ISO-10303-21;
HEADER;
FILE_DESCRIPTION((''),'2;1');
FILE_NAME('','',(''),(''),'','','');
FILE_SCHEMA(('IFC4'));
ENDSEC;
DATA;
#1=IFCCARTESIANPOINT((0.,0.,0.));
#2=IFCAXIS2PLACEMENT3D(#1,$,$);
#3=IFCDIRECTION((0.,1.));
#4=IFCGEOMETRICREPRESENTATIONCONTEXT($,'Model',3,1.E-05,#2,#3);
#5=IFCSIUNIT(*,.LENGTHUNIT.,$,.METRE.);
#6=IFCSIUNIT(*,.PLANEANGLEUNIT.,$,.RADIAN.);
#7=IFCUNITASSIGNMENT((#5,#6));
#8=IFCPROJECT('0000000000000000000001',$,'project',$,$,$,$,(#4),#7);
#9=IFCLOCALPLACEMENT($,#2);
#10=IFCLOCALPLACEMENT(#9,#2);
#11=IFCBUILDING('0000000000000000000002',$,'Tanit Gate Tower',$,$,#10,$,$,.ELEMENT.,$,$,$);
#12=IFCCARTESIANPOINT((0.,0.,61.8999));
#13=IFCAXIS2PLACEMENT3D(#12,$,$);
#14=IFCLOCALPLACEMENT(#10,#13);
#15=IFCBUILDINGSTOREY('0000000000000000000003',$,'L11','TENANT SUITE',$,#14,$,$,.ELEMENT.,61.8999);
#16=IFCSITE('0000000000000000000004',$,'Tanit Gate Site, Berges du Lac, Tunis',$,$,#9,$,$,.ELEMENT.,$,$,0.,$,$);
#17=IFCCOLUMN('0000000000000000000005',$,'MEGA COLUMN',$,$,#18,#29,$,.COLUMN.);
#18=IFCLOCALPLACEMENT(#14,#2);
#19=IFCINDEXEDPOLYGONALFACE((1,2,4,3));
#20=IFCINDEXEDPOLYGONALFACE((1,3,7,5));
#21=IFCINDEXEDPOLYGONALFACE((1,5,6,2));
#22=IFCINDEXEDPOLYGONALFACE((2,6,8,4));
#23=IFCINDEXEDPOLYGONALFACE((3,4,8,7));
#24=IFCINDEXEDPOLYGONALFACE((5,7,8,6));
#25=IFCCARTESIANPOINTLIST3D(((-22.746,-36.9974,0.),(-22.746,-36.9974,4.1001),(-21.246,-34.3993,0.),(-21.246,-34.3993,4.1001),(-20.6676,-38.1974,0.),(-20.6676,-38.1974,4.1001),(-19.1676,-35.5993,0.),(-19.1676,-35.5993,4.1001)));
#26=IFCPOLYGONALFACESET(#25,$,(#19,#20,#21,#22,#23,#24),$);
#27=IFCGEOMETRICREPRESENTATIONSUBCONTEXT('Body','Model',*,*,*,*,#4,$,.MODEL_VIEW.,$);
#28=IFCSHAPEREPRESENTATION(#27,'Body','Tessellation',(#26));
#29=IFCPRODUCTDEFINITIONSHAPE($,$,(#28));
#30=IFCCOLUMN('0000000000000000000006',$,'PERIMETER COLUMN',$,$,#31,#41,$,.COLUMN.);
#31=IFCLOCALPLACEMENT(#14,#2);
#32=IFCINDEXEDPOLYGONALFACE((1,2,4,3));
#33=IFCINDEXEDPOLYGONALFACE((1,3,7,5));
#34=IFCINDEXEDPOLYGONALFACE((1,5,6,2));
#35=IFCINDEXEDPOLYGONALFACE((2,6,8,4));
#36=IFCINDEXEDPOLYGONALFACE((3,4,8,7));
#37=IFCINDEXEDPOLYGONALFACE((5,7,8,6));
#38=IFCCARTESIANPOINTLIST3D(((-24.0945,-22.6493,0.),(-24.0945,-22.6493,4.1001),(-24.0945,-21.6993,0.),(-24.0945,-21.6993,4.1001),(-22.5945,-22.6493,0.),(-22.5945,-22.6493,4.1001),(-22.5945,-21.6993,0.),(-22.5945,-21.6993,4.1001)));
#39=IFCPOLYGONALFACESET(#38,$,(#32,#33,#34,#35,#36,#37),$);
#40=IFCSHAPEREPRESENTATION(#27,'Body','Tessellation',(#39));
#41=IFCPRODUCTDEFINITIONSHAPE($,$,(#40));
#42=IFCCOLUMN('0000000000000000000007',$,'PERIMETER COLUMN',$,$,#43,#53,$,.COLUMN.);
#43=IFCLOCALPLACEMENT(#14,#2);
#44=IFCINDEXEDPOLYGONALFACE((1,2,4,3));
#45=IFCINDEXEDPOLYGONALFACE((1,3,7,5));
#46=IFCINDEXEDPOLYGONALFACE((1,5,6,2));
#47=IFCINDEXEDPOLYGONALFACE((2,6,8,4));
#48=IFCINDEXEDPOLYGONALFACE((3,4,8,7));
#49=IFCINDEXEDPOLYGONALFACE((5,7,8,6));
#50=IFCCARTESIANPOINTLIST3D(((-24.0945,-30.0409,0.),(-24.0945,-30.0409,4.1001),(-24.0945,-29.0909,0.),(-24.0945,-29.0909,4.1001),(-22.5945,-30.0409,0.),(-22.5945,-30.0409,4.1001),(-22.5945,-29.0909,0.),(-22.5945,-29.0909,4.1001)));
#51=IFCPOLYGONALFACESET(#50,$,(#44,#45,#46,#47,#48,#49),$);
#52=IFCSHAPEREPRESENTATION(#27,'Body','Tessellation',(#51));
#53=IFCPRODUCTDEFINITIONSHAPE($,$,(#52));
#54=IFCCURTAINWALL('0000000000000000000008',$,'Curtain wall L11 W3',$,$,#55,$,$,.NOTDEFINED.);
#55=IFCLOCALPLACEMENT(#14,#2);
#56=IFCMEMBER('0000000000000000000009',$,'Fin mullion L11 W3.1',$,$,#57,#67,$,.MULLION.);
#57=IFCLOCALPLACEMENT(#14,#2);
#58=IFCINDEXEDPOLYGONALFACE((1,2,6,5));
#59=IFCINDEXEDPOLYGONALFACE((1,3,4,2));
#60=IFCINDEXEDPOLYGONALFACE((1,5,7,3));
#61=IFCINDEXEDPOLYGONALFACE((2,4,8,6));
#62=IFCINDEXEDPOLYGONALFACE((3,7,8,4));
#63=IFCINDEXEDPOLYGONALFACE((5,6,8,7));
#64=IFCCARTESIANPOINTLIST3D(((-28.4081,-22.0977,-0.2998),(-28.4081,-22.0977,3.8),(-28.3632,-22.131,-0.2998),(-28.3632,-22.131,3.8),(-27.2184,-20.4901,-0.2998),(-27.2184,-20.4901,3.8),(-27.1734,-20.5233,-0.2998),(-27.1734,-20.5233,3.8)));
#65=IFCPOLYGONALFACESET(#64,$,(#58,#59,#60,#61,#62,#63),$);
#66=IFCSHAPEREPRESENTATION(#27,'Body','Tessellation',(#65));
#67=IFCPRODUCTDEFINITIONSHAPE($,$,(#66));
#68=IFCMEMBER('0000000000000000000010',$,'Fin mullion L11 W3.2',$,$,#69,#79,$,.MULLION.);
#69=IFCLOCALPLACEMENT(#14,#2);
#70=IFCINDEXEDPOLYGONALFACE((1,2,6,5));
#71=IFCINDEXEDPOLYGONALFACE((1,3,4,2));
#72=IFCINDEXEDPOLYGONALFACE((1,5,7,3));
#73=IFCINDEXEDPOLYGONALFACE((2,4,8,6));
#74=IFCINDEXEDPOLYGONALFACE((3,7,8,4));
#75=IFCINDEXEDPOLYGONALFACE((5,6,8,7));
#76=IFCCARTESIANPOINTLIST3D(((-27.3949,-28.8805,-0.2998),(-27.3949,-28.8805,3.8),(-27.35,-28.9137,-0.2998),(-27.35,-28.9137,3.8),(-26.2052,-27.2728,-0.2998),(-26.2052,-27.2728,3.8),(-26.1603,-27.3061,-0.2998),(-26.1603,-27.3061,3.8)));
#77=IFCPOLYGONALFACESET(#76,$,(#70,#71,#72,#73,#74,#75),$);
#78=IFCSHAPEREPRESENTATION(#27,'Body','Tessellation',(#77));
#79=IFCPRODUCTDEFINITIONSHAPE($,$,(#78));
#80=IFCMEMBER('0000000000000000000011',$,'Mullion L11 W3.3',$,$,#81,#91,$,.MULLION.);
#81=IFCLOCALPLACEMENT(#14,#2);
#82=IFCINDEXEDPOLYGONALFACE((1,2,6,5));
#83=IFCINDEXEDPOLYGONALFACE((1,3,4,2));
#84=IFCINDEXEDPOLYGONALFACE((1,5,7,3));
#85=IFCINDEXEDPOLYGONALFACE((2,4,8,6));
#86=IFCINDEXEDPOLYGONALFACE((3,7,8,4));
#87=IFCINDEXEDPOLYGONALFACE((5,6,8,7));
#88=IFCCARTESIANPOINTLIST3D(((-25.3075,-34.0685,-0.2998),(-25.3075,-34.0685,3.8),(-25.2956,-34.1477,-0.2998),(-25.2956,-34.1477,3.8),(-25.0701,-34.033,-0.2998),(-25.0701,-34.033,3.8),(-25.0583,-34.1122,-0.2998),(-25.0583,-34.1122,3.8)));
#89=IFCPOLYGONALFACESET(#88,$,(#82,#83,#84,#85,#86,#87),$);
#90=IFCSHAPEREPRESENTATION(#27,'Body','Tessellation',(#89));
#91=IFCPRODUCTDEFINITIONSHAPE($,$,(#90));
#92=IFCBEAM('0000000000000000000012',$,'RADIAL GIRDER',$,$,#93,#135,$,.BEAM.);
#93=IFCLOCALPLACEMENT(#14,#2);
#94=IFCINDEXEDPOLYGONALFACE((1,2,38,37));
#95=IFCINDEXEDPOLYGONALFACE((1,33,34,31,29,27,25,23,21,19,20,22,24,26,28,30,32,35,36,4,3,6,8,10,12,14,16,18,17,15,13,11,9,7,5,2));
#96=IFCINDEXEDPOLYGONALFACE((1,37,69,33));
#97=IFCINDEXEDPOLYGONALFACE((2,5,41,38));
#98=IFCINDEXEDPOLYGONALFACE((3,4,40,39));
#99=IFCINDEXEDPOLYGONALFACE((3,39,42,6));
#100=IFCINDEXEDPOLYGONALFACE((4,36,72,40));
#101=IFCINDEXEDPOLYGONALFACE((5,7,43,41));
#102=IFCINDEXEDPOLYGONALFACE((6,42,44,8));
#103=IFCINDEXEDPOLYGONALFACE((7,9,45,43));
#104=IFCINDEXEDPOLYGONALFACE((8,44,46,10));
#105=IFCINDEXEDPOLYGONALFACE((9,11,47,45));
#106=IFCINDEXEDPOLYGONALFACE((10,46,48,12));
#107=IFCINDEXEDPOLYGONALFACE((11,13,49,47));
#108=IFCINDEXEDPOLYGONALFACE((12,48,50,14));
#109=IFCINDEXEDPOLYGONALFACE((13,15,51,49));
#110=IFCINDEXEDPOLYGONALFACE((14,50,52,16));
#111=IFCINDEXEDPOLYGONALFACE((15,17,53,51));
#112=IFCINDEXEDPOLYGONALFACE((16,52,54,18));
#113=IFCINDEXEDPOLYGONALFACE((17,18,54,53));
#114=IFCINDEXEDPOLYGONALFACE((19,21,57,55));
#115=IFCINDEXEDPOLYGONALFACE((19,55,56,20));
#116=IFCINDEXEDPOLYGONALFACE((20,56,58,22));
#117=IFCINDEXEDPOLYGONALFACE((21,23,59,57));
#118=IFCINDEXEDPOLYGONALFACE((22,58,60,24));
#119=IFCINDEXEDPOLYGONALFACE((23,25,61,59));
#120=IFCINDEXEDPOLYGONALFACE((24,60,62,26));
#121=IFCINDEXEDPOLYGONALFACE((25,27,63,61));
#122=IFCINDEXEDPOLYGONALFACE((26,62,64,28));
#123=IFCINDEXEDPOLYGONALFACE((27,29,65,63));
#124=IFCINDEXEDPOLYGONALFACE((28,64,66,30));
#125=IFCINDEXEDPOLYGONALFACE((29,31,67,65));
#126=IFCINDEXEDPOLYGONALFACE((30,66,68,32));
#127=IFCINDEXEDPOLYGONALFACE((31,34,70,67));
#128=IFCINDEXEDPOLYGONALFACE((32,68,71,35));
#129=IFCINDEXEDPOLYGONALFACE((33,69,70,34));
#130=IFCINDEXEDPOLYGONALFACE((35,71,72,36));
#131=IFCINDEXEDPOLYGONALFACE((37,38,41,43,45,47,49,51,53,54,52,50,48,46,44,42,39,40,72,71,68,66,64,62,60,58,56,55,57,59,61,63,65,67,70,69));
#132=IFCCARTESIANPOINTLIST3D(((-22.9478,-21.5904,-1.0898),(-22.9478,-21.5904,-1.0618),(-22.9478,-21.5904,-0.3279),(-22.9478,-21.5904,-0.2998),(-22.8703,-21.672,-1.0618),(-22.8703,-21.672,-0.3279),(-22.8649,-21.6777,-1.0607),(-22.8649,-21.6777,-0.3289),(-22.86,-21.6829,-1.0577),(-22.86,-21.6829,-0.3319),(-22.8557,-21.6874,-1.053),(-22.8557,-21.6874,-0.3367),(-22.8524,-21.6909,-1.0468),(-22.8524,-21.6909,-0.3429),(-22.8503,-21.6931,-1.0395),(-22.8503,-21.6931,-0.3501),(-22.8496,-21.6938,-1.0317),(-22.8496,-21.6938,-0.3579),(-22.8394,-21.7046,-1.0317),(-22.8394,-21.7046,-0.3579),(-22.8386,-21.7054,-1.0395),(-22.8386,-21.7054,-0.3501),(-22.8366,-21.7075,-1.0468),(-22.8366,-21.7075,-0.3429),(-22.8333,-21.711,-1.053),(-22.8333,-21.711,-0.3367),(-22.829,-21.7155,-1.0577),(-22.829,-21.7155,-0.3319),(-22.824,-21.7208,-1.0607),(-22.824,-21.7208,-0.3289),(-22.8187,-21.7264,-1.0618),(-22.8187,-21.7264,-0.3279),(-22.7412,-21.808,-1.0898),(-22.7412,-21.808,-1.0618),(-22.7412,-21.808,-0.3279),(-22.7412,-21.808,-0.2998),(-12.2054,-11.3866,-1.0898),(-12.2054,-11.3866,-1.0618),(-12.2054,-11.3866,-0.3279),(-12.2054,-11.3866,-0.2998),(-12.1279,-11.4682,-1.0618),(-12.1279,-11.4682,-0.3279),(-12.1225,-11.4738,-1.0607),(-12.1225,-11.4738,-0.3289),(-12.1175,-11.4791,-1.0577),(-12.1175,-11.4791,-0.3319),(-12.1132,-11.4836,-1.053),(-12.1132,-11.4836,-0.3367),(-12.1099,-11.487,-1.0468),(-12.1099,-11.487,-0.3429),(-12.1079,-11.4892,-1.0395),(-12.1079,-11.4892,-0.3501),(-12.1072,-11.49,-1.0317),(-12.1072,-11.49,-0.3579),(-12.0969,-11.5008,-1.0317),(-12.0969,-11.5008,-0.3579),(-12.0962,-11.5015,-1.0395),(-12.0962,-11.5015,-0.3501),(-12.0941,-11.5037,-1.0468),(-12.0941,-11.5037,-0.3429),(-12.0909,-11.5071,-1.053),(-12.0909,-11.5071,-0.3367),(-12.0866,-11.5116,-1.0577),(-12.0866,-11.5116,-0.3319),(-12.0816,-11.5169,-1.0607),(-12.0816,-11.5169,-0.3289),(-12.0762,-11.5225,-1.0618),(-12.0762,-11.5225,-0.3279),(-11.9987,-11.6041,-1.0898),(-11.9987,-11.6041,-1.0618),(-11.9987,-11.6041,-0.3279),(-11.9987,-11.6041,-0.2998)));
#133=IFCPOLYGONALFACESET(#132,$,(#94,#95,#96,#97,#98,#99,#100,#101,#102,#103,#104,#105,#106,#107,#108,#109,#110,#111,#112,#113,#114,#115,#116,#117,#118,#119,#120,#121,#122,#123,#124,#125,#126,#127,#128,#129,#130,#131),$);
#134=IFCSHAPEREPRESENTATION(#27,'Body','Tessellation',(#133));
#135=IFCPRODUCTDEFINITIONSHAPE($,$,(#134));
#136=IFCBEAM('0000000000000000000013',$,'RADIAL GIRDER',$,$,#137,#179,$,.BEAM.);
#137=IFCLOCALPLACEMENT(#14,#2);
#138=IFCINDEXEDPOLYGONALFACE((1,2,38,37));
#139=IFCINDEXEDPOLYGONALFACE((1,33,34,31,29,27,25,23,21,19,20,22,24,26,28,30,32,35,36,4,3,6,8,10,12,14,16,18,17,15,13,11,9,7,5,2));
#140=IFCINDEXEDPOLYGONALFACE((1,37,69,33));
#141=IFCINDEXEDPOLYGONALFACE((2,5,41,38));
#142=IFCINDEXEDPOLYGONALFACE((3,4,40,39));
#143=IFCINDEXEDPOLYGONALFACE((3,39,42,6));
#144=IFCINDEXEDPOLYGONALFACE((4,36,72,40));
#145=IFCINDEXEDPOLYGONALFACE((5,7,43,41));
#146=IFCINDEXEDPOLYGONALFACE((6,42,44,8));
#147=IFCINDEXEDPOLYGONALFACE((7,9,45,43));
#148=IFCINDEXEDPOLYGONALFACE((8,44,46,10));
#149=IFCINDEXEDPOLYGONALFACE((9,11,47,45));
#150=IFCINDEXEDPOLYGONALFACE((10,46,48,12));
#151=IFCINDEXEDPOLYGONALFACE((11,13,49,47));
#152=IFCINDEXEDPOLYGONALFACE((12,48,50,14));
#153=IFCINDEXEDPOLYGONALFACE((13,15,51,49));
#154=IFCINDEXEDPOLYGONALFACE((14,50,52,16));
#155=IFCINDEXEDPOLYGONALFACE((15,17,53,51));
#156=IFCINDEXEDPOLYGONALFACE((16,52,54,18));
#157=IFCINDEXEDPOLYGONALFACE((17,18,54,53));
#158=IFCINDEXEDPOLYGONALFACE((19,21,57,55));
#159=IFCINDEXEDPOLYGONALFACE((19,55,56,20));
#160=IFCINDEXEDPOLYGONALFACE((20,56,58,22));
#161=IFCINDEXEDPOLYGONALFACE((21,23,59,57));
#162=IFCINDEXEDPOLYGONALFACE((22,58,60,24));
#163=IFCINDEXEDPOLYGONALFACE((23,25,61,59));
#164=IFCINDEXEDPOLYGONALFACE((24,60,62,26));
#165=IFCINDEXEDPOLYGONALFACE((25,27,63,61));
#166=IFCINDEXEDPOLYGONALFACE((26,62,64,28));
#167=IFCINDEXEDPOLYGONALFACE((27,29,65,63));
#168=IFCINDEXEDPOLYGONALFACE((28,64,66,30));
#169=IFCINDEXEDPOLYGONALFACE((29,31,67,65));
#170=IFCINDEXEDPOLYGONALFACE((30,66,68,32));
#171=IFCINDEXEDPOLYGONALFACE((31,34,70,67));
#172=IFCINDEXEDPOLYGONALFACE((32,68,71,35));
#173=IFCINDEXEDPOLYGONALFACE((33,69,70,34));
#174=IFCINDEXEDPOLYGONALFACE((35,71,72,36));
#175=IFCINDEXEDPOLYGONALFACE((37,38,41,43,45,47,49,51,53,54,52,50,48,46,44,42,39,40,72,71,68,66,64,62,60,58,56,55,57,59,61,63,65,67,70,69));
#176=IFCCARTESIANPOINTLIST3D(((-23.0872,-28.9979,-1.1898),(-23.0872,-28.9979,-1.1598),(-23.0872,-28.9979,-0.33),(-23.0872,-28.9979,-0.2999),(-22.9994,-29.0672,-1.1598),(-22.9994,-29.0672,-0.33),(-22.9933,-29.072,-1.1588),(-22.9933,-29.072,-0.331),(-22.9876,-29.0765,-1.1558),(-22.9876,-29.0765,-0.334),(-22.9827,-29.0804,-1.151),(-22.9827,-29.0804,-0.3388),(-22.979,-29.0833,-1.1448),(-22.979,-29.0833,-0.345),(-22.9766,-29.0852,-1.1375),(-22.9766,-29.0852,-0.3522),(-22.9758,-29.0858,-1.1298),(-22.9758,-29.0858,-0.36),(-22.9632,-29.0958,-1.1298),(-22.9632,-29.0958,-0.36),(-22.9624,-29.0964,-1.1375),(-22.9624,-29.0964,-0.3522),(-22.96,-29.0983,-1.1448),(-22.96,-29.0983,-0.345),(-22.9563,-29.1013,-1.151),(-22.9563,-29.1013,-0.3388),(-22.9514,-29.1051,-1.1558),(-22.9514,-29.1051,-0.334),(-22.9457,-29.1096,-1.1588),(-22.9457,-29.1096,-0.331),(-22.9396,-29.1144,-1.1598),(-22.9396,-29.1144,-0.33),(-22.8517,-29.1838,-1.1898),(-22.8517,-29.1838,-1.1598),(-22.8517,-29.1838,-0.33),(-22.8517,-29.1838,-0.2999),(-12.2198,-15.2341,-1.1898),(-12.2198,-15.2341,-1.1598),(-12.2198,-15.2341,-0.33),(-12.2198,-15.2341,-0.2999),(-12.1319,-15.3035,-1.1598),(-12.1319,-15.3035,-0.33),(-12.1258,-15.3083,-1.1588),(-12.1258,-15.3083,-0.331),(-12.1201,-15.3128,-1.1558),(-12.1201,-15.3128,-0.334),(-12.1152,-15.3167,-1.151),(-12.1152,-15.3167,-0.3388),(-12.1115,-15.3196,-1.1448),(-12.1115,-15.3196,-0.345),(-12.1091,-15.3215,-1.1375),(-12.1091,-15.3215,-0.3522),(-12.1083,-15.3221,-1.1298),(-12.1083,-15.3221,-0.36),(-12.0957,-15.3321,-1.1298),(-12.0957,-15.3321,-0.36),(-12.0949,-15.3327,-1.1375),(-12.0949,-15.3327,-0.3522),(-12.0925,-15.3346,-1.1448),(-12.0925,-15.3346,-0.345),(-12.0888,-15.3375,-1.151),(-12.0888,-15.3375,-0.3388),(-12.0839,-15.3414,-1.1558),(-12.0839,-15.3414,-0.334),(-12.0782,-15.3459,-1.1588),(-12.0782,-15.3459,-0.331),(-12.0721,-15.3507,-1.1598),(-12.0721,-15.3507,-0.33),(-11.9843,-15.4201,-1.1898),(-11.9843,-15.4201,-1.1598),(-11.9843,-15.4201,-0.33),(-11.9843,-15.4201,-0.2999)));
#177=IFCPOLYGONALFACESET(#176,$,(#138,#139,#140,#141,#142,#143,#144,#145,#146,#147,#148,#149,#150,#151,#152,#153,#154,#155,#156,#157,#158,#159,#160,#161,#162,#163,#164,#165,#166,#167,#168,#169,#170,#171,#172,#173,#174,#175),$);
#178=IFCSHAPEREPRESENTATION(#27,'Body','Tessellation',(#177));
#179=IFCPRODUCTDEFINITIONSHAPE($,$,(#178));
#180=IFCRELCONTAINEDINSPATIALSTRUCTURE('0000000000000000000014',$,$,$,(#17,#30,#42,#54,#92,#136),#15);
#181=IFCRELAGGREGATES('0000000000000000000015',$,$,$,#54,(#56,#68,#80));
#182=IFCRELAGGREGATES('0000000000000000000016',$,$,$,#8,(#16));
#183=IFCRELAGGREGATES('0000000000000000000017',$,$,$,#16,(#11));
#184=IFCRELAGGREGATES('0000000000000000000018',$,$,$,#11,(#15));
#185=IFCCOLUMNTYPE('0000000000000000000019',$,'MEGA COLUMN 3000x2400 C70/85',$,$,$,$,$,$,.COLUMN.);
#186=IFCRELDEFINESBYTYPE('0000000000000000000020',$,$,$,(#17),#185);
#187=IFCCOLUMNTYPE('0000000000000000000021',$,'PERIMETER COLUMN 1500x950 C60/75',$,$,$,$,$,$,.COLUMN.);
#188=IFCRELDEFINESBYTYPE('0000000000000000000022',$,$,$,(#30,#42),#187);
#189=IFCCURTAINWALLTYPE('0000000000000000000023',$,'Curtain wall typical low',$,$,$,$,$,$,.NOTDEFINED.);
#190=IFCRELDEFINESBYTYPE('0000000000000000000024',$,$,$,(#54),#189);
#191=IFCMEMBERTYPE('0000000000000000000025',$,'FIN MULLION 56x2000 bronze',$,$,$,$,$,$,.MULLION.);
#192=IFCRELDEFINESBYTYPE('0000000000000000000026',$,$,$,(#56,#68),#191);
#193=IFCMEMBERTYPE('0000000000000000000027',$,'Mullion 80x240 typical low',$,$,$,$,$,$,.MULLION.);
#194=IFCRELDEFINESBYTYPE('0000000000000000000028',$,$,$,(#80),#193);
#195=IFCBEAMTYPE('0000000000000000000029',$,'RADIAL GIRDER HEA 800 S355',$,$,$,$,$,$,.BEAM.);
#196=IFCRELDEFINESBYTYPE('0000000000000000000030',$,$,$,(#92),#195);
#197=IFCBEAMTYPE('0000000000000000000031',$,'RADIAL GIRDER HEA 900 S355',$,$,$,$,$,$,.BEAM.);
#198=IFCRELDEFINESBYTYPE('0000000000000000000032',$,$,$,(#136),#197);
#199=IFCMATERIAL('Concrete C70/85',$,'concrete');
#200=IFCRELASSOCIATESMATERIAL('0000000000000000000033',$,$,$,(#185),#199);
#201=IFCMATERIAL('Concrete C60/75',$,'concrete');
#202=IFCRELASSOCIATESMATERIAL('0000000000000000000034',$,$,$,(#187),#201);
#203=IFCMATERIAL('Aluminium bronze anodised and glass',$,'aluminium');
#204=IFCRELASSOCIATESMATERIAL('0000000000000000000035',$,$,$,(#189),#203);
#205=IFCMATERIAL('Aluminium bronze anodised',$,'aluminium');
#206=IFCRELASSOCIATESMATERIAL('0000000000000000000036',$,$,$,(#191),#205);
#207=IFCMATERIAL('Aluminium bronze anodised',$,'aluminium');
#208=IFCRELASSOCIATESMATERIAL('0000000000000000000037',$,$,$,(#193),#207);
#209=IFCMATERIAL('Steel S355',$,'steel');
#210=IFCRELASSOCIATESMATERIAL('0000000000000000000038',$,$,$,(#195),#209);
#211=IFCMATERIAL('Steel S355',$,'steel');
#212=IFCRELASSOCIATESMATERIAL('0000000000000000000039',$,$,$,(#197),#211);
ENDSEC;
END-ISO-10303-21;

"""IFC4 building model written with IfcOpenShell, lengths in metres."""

from ifc_helpers import new_model, si_unit, direction, frame, origin, origin_2d, place, context, subcontext, project, spatial, rectangle, i_section, extrude, material, material_profile, profile_set, type_object, element, aggregate, save


model = new_model("IFC4")

# Units and contexts
model_context = context("Model", 3, precision=1e-05, world=origin(), true_north=direction((0.0, 1.0)))
body_context = subcontext(model_context, "Body", "Model", "MODEL_VIEW")
ifc_project = project(units=[si_unit("LENGTHUNIT", "METRE"), si_unit("PLANEANGLEUNIT", "RADIAN")], contexts=[model_context])

# Site, building, storey
site_placement = place(None, origin())
site = spatial("IfcSite", under=ifc_project, at=site_placement, Name="Tanit Gate Site, Berges du Lac, Tunis", CompositionType="ELEMENT", RefElevation=0.0)
building_placement = place(site_placement, origin())
building = spatial("IfcBuilding", under=site, at=building_placement, Name="Tanit Gate Tower", CompositionType="ELEMENT")
storey_placement = place(building_placement, frame((0.0, 0.0, 61.8999)))
storey = spatial("IfcBuildingStorey", under=building, at=storey_placement, Name="L11", Description="TENANT SUITE", CompositionType="ELEMENT", Elevation=61.8999)

# Columns
ifc_material_1 = material(Name="Concrete C70/85", Category="concrete")
ifc_material_profile_1 = material_profile(ifc_material_1, rectangle(XDim=3.0, YDim=2.3999, at=origin_2d()), Name="RC 3000x2400")
ifc_profile_set_1 = profile_set([ifc_material_profile_1], Name="Concrete C70/85")
column_type_1 = type_object("IfcColumnType", Name="MEGA COLUMN 3000x2400 C70/85", PredefinedType="COLUMN", material=ifc_profile_set_1)
column_placement = place(storey_placement, frame((-20.9568, -36.2983, 0.0), z_axis=(0.0, 0.0, 1.0), x_axis=(-0.5, -0.866025, 0.0)))
element("IfcColumn", 1, at=column_placement, inside=storey, type_object=column_type_1, Name="MEGA COLUMN", PredefinedType="COLUMN", context=body_context, shape_type="SweptSolid", body=[
    extrude(rectangle(XDim=3.0, YDim=2.3999, at=origin_2d()), origin(), (0.0, 0.0, 1.0), 4.1001),
])
ifc_material_2 = material(Name="Concrete C60/75", Category="concrete")
ifc_material_profile_2 = material_profile(ifc_material_2, rectangle(XDim=1.5, YDim=0.95, at=origin_2d()), Name="RC 1500x950")
ifc_profile_set_2 = profile_set([ifc_material_profile_2], Name="Concrete C60/75")
column_type_2 = type_object("IfcColumnType", Name="PERIMETER COLUMN 1500x950 C60/75", PredefinedType="COLUMN", material=ifc_profile_set_2)
for number, where, z_axis, x_axis, name in (
    (2, (-23.3445, -22.1743, 0.0), (0.0, 0.0, 1.0), (-1.0, 0.0, 0.0), "PERIMETER COLUMN"),
    (3, (-23.3445, -29.5659, 0.0), (0.0, 0.0, 1.0), (-1.0, 0.0, 0.0), "PERIMETER COLUMN"),
):
    element("IfcColumn", number, at=place(storey_placement, frame(where, z_axis=z_axis, x_axis=x_axis)), inside=storey, type_object=column_type_2, Name=name, PredefinedType="COLUMN", context=body_context, shape_type="SweptSolid", body=[
        extrude(rectangle(XDim=1.5, YDim=0.95, at=origin_2d()), origin(), (0.0, 0.0, 1.0), 4.1001),
    ])

# Curtain wall, members
ifc_material_3 = material(Name="Aluminium bronze anodised and glass", Category="aluminium")
curtain_wall_type = type_object("IfcCurtainWallType", Name="Curtain wall typical low", PredefinedType="NOTDEFINED", material=ifc_material_3)
curtain_wall_placement = place(storey_placement, origin())
curtain_wall = element("IfcCurtainWall", 4, at=curtain_wall_placement, inside=storey, type_object=curtain_wall_type, Name="Curtain wall L11 W3", PredefinedType="NOTDEFINED")
ifc_material_4 = material(Name="Aluminium bronze anodised", Category="aluminium")
ifc_material_profile_3 = material_profile(ifc_material_4, rectangle(XDim=2.0, YDim=0.0559, at=origin_2d()), Name="56x2000 bronze fin mullion")
ifc_profile_set_3 = profile_set([ifc_material_profile_3], Name="Aluminium bronze anodised")
member_type_1 = type_object("IfcMemberType", Name="FIN MULLION 56x2000 bronze", PredefinedType="MULLION", material=ifc_profile_set_3)
member_1_placement = place(storey_placement, frame((-27.7908, -21.3105, -0.2998), z_axis=(0.0, 0.0, 1.0), x_axis=(0.594863, 0.803827, 0.0)))
member_1 = element("IfcMember", 5, at=member_1_placement, type_object=member_type_1, Name="Fin mullion L11 W3.1", PredefinedType="MULLION", context=body_context, shape_type="SweptSolid", body=[
    extrude(rectangle(XDim=2.0, YDim=0.0559, at=origin_2d()), origin(), (0.0, 0.0, 1.0), 4.0999),
])
member_2_placement = place(storey_placement, frame((-26.7776, -28.0933, -0.2998), z_axis=(0.0, 0.0, 1.0), x_axis=(0.594863, 0.803827, 0.0)))
member_2 = element("IfcMember", 6, at=member_2_placement, type_object=member_type_1, Name="Fin mullion L11 W3.2", PredefinedType="MULLION", context=body_context, shape_type="SweptSolid", body=[
    extrude(rectangle(XDim=2.0, YDim=0.0559, at=origin_2d()), origin(), (0.0, 0.0, 1.0), 4.0999),
])
ifc_material_5 = material(Name="Aluminium bronze anodised", Category="aluminium")
ifc_material_profile_4 = material_profile(ifc_material_5, rectangle(XDim=0.24, YDim=0.0801, at=origin_2d()), Name="80x240 bronze mullion")
ifc_profile_set_4 = profile_set([ifc_material_profile_4], Name="Aluminium bronze anodised")
member_type_2 = type_object("IfcMemberType", Name="Mullion 80x240 typical low", PredefinedType="MULLION", material=ifc_profile_set_4)
member_3_placement = place(storey_placement, frame((-25.1829, -34.0903, -0.2998), z_axis=(0.0, 0.0, 1.0), x_axis=(0.989023, 0.14776, 0.0)))
member_3 = element("IfcMember", 7, at=member_3_placement, type_object=member_type_2, Name="Mullion L11 W3.3", PredefinedType="MULLION", context=body_context, shape_type="SweptSolid", body=[
    extrude(rectangle(XDim=0.24, YDim=0.0801, at=origin_2d()), origin(), (0.0, 0.0, 1.0), 4.0999),
])

# Beams
ifc_material_6 = material(Name="Steel S355", Category="steel")
ifc_material_profile_5 = material_profile(ifc_material_6, i_section(OverallWidth=0.3, OverallDepth=0.79, WebThickness=0.0149, FlangeThickness=0.0281, FilletRadius=0.03, at=origin_2d()), Name="HEA 800")
ifc_profile_set_5 = profile_set([ifc_material_profile_5], Name="Steel S355")
beam_type_1 = type_object("IfcBeamType", Name="RADIAL GIRDER HEA 800 S355", PredefinedType="BEAM", material=ifc_profile_set_5)
beam_1_placement = place(storey_placement, frame((-22.8445, -21.6992, -0.6948), z_axis=(0.725048, 0.688698, 0.0), x_axis=(-0.688698, 0.725048, 0.0)))
element("IfcBeam", 8, at=beam_1_placement, inside=storey, type_object=beam_type_1, Name="RADIAL GIRDER", PredefinedType="BEAM", context=body_context, shape_type="SweptSolid", body=[
    extrude(i_section(OverallWidth=0.3, OverallDepth=0.79, WebThickness=0.0149, FlangeThickness=0.0281, FilletRadius=0.03, at=origin_2d()), origin(), (0.0, 0.0, 1.0), 14.8162),
])
ifc_material_7 = material(Name="Steel S355", Category="steel")
ifc_material_profile_6 = material_profile(ifc_material_7, i_section(OverallWidth=0.3, OverallDepth=0.8899, WebThickness=0.0161, FlangeThickness=0.03, FilletRadius=0.03, at=origin_2d()), Name="HEA 900")
ifc_profile_set_6 = profile_set([ifc_material_profile_6], Name="Steel S355")
beam_type_2 = type_object("IfcBeamType", Name="RADIAL GIRDER HEA 900 S355", PredefinedType="BEAM", material=ifc_profile_set_6)
beam_2_placement = place(storey_placement, frame((-22.9695, -29.0908, -0.7449), z_axis=(0.619693, 0.784845, 0.0), x_axis=(-0.784845, 0.619693, 0.0)))
element("IfcBeam", 9, at=beam_2_placement, inside=storey, type_object=beam_type_2, Name="RADIAL GIRDER", PredefinedType="BEAM", context=body_context, shape_type="SweptSolid", body=[
    extrude(i_section(OverallWidth=0.3, OverallDepth=0.8899, WebThickness=0.0161, FlangeThickness=0.03, FilletRadius=0.03, at=origin_2d()), origin(), (0.0, 0.0, 1.0), 17.5369),
])

aggregate(curtain_wall, [member_1, member_2, member_3])

save(model, "model.ifc")
